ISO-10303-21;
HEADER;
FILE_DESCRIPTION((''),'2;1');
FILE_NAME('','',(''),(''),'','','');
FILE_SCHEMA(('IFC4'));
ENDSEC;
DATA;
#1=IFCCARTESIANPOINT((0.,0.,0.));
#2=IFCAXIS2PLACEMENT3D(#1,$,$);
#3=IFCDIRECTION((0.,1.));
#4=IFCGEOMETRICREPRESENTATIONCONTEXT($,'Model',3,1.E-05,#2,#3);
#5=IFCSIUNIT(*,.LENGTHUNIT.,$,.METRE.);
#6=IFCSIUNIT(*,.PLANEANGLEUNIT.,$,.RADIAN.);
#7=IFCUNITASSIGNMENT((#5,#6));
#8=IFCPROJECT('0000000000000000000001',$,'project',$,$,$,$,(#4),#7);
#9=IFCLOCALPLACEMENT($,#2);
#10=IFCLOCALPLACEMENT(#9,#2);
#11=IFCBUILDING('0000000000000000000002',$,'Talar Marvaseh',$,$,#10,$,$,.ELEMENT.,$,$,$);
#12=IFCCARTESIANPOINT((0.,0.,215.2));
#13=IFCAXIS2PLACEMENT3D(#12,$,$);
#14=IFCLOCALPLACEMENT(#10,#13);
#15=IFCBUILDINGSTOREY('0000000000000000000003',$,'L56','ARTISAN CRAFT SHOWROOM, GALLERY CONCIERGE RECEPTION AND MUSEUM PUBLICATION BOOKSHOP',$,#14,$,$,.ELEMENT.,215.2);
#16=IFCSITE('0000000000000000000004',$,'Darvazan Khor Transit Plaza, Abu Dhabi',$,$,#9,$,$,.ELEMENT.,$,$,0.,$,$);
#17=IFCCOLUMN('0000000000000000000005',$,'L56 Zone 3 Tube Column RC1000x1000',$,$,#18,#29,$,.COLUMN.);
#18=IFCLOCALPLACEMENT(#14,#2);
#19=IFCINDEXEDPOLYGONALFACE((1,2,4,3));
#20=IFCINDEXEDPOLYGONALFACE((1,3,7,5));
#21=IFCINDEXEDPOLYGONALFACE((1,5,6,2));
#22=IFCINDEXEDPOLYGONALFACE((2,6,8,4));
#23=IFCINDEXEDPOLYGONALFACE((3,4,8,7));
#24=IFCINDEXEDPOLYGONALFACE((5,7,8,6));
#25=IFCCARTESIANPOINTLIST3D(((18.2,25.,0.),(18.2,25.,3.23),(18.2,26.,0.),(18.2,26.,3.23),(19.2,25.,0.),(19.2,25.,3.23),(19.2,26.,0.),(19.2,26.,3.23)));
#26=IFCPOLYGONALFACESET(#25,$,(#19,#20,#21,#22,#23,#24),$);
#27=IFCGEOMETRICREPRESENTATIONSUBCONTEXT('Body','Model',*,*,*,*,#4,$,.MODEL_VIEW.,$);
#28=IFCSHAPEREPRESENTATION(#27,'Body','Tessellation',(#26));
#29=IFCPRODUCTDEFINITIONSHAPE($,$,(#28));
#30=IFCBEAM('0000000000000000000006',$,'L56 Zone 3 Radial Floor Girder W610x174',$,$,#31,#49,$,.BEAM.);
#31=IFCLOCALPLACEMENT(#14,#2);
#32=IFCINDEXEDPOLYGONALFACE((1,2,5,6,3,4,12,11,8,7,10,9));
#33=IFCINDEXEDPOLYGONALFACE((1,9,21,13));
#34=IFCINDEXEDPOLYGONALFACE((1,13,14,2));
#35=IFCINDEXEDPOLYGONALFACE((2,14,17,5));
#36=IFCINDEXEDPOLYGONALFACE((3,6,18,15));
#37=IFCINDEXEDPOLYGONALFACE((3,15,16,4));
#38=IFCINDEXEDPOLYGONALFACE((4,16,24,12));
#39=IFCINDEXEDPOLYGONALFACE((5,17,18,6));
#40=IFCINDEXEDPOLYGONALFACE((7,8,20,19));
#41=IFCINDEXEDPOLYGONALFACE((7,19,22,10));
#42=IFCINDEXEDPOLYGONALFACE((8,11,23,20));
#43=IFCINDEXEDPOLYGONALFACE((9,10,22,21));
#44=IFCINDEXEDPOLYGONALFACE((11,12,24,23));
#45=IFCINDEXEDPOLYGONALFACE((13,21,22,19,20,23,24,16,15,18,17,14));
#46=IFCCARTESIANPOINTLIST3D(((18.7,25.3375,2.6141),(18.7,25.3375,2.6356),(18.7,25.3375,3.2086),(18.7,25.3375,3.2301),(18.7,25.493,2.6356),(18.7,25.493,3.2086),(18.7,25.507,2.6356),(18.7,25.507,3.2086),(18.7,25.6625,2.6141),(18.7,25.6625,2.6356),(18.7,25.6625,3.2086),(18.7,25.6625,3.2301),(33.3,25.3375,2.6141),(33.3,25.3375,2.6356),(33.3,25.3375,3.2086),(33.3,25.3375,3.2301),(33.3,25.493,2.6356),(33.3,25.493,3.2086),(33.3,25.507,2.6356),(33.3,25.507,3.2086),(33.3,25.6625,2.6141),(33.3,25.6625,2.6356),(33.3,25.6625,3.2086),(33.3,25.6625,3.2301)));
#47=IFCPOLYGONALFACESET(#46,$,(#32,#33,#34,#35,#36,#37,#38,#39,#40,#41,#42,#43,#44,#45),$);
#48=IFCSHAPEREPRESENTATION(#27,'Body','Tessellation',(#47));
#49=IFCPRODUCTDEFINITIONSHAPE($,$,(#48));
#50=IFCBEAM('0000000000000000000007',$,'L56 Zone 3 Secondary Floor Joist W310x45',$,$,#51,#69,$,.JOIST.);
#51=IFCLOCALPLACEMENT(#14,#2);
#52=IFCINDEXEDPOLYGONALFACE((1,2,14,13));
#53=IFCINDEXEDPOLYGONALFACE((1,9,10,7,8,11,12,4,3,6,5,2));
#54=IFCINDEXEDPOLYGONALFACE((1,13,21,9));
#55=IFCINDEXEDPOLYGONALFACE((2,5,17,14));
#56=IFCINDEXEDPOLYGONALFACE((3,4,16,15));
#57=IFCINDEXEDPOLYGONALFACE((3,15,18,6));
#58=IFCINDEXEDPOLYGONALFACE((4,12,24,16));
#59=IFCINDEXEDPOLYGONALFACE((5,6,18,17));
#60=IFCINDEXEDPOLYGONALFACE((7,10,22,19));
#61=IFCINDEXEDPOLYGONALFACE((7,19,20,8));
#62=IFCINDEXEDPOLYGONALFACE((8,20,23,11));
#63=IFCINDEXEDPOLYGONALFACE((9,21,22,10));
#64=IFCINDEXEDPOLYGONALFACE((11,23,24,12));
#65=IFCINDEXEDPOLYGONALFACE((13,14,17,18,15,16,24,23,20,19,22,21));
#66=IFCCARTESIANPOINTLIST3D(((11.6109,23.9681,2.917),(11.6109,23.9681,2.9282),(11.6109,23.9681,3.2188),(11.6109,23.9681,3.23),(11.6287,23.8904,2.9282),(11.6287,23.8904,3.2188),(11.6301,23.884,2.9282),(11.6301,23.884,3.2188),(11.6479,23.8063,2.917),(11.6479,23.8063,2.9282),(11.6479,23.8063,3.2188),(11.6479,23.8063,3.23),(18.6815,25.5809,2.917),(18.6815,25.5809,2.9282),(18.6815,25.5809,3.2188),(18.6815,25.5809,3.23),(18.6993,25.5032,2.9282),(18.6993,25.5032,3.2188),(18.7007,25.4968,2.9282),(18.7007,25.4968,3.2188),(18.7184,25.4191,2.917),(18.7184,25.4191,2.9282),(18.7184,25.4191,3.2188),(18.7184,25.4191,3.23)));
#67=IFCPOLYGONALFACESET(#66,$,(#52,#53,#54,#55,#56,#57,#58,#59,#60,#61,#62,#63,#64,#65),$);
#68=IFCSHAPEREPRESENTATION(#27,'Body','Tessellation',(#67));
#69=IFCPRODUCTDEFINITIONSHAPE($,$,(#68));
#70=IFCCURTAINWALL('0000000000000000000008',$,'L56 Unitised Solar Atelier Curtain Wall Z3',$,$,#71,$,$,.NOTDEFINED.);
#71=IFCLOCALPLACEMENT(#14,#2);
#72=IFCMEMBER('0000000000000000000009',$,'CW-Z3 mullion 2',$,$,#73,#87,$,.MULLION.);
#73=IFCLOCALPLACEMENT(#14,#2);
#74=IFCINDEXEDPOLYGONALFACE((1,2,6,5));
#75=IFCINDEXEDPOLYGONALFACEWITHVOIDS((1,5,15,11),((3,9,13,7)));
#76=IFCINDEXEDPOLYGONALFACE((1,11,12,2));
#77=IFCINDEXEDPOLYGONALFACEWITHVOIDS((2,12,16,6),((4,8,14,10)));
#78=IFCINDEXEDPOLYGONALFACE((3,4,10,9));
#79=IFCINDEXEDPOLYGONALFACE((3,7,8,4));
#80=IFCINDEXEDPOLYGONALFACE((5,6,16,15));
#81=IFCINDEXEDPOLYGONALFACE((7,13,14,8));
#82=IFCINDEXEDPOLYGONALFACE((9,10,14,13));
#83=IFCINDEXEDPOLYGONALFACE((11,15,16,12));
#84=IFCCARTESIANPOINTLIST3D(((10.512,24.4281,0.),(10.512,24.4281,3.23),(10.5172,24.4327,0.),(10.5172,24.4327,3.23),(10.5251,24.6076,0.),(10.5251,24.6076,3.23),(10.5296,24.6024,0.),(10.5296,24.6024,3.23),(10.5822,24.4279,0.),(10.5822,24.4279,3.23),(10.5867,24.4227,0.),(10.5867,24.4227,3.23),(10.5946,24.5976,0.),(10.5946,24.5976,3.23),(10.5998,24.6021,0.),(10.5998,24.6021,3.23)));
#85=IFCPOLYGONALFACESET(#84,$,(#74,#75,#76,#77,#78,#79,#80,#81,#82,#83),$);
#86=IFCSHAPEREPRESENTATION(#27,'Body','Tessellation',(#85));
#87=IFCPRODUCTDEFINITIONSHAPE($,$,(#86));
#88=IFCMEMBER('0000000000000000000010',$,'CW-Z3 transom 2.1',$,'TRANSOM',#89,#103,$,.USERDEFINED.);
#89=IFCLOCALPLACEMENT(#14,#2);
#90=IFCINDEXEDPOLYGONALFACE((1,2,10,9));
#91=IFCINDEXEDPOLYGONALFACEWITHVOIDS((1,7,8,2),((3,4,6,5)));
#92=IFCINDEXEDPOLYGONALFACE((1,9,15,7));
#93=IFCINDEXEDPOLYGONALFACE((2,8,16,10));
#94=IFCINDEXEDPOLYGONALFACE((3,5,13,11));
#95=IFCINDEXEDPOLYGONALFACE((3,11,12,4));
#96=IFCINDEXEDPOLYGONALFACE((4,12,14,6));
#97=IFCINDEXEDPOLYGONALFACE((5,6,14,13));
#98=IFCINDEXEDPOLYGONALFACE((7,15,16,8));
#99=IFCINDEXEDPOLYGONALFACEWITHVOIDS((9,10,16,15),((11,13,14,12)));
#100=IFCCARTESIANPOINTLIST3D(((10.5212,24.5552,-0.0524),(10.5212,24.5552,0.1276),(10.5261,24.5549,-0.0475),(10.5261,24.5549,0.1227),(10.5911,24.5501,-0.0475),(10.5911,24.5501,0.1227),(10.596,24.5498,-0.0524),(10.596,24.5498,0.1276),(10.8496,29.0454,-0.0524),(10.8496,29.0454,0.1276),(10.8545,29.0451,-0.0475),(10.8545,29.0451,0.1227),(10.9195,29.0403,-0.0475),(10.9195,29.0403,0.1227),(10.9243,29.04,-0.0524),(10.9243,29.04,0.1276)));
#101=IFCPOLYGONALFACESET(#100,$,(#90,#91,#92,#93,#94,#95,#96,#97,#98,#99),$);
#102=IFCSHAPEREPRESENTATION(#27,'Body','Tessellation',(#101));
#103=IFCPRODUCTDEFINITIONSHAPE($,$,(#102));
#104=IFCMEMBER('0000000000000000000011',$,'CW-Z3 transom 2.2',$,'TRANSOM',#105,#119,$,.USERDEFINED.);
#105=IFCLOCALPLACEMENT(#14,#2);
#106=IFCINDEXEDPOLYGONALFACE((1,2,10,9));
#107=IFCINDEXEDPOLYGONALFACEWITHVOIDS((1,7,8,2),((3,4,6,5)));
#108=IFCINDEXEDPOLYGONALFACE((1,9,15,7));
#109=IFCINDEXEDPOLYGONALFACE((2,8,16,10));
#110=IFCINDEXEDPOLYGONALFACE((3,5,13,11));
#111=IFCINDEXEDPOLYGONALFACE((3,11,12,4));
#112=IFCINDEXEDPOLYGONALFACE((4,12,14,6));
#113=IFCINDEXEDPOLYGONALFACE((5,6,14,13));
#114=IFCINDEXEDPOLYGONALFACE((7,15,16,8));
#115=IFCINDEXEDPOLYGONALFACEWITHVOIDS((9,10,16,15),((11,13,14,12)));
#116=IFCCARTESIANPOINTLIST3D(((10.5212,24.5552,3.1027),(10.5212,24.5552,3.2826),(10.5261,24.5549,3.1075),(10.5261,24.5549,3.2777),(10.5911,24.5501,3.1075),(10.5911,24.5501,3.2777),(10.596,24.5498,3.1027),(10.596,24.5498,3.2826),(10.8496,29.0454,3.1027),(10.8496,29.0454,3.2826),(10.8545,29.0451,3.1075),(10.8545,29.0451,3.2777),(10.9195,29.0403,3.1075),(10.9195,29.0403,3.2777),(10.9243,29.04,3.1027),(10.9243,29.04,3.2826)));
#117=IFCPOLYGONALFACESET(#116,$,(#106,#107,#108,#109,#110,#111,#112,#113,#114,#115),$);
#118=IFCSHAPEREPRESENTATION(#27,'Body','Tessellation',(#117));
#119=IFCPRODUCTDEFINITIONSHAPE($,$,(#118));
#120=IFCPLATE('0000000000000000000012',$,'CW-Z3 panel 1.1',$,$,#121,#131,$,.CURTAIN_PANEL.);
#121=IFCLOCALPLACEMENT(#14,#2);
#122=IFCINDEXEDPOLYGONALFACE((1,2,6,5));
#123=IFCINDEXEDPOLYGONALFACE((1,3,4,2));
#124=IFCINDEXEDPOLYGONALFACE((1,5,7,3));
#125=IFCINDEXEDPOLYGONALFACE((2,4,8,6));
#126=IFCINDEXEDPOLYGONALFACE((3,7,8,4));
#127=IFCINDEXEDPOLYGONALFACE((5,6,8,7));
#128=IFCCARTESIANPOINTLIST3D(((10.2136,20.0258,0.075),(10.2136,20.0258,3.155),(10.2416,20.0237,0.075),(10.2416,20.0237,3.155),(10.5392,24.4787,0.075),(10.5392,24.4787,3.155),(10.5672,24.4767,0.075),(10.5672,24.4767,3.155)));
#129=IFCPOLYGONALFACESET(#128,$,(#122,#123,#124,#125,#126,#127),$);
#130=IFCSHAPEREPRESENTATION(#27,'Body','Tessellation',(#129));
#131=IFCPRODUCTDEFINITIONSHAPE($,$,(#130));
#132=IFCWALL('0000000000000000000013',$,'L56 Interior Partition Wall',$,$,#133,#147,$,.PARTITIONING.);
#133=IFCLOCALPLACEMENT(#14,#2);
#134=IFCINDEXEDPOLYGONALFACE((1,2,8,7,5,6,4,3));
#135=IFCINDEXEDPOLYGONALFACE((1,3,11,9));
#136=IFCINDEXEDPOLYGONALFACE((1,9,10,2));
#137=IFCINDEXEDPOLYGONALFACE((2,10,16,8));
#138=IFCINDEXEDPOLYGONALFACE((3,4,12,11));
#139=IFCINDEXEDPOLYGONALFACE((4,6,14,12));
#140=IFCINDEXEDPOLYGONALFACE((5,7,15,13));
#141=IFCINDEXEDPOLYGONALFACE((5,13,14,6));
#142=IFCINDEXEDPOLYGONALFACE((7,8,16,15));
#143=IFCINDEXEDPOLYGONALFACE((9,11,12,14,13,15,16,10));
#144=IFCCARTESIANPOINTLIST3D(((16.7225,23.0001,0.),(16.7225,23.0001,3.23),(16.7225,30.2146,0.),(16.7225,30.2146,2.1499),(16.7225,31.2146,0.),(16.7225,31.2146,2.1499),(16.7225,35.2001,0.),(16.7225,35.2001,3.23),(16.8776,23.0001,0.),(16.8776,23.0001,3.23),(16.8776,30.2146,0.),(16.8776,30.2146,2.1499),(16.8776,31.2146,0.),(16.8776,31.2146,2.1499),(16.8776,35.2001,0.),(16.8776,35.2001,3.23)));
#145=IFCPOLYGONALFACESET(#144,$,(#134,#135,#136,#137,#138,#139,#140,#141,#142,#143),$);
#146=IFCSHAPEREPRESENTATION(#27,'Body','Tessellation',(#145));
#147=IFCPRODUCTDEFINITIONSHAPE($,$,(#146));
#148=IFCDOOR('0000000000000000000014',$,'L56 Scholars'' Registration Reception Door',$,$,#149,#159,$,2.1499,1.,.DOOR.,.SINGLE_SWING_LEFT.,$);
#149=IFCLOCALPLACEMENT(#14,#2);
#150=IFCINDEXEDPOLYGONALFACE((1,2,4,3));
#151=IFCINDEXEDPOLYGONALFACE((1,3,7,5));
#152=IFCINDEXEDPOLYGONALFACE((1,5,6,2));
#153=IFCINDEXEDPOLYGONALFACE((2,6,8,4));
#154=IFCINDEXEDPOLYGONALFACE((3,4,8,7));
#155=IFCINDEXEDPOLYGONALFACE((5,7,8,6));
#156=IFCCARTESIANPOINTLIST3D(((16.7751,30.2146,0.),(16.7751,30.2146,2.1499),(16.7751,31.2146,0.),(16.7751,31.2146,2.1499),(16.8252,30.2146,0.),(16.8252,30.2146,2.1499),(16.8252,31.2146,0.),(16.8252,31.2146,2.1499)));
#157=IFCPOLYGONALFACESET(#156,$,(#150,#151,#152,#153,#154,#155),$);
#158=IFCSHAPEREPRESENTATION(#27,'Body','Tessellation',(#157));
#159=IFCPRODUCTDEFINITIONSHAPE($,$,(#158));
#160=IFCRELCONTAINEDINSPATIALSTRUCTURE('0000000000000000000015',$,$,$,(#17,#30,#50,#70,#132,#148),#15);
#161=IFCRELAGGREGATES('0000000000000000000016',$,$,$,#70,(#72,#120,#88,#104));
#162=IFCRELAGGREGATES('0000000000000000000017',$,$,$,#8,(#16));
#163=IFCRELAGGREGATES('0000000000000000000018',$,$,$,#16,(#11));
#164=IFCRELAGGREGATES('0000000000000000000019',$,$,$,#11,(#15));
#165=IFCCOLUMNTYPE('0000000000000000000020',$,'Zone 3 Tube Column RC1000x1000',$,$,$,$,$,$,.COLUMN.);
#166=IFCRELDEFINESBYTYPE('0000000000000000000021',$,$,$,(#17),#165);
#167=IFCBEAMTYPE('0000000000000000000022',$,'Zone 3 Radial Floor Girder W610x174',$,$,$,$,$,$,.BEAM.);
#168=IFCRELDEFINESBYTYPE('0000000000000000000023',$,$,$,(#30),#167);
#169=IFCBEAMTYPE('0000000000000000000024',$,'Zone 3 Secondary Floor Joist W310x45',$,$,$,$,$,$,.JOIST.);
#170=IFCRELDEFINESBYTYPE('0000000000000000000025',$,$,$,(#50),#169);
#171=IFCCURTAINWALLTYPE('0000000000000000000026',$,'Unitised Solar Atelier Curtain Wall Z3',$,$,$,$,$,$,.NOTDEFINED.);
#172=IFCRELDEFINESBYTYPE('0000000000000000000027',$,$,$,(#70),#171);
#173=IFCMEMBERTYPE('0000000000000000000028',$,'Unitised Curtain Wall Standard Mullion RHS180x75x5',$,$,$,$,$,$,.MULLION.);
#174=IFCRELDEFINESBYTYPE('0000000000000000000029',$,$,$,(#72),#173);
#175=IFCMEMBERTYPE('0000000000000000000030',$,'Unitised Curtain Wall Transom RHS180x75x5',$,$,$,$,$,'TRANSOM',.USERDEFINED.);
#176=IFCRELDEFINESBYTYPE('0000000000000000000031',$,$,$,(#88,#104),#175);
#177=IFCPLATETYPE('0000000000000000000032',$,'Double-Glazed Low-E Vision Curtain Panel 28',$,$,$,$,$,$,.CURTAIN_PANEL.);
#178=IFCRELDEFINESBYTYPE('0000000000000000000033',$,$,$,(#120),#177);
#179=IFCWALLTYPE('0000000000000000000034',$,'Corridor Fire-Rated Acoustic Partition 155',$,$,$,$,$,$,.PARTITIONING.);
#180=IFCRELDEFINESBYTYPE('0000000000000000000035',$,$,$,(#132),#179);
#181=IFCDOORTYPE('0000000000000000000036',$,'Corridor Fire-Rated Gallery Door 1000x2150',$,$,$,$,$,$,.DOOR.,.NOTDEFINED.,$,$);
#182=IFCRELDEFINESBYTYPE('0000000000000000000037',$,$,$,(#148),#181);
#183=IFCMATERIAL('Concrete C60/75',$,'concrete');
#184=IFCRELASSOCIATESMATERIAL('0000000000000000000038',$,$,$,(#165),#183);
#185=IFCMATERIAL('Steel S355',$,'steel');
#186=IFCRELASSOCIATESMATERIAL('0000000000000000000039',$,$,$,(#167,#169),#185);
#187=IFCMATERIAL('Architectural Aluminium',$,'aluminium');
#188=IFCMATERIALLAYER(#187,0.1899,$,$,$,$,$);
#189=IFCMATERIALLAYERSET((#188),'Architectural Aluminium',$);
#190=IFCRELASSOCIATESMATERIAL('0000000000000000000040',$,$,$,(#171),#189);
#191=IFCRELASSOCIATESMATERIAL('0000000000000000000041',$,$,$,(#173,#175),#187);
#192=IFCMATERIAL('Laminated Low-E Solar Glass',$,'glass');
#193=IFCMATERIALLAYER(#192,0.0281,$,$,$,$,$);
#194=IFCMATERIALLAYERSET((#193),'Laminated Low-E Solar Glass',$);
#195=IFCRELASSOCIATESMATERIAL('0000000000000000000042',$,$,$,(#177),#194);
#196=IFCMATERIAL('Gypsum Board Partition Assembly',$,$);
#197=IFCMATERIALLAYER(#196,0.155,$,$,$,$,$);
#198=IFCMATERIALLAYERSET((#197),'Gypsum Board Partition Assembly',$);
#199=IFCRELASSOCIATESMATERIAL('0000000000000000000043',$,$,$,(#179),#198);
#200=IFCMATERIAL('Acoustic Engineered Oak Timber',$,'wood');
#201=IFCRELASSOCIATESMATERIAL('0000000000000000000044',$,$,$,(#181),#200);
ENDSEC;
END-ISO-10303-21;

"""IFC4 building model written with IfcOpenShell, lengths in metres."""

from ifc_helpers import new_model, si_unit, direction, frame, frame_2d, origin, origin_2d, place, context, subcontext, project, spatial, rectangle, hollow_rectangle, i_section, extrude, source, transform, mapped, material, layer, layer_set, material_profile, profile_set, type_object, type_shapes, element, fill, aggregate, save


model = new_model("IFC4")

# Units and contexts
model_context = context("Model", 3, precision=1e-05, world=origin(), true_north=direction((0.0, 1.0)))
body_context = subcontext(model_context, "Body", "Model", "MODEL_VIEW")
ifc_project = project(units=[si_unit("LENGTHUNIT", "METRE"), si_unit("PLANEANGLEUNIT", "RADIAN")], contexts=[model_context])

# Site, building, storey
site_placement = place(None, origin())
site = spatial("IfcSite", under=ifc_project, at=site_placement, Name="Darvazan Khor Transit Plaza, Abu Dhabi", CompositionType="ELEMENT", RefElevation=0.0)
building_placement = place(site_placement, origin())
building = spatial("IfcBuilding", under=site, at=building_placement, Name="Talar Marvaseh", CompositionType="ELEMENT")
storey_placement = place(building_placement, frame((0.0, 0.0, 215.2)))
storey = spatial("IfcBuildingStorey", under=building, at=storey_placement, Name="L56", Description="ARTISAN CRAFT SHOWROOM, GALLERY CONCIERGE RECEPTION AND MUSEUM PUBLICATION BOOKSHOP", CompositionType="ELEMENT", Elevation=215.2)

# Column
ifc_material_1 = material(Name="Concrete C60/75", Category="concrete")
ifc_material_profile_1 = material_profile(ifc_material_1, rectangle(XDim=1.0, YDim=1.0, at=origin_2d()), Name="RC1000x1000")
ifc_profile_set_1 = profile_set([ifc_material_profile_1], Name="Concrete C60/75")
column_type = type_object("IfcColumnType", Name="Zone 3 Tube Column RC1000x1000", PredefinedType="COLUMN", material=ifc_profile_set_1)
column_placement = place(storey_placement, frame((18.7, 25.5, 0.0), z_axis=(0.0, 0.0, 1.0), x_axis=(1.0, 0.0, 0.0)))
element("IfcColumn", 1, at=column_placement, inside=storey, type_object=column_type, Name="L56 Zone 3 Tube Column RC1000x1000", PredefinedType="COLUMN", context=body_context, shape_type="SweptSolid", body=[
    extrude(rectangle(XDim=1.0, YDim=1.0, at=origin_2d()), origin(), (0.0, 0.0, 1.0), 3.23),
])

# Beams
ifc_material_2 = material(Name="Steel S355", Category="steel")
ifc_material_profile_2 = material_profile(ifc_material_2, i_section(OverallWidth=0.325, OverallDepth=0.616, WebThickness=0.0139, FlangeThickness=0.0215, at=origin_2d()), Name="W610x174")
ifc_profile_set_2 = profile_set([ifc_material_profile_2], Name="Steel S355")
beam_type_1 = type_object("IfcBeamType", Name="Zone 3 Radial Floor Girder W610x174", PredefinedType="BEAM", material=ifc_profile_set_2)
beam_1_placement = place(storey_placement, frame((18.7, 25.5, 2.9221), z_axis=(1.0, 0.0, 0.0), x_axis=(0.0, 1.0, 0.0)))
element("IfcBeam", 2, at=beam_1_placement, inside=storey, type_object=beam_type_1, Name="L56 Zone 3 Radial Floor Girder W610x174", PredefinedType="BEAM", context=body_context, shape_type="SweptSolid", body=[
    extrude(i_section(OverallWidth=0.325, OverallDepth=0.616, WebThickness=0.0139, FlangeThickness=0.0215, at=origin_2d()), origin(), (0.0, 0.0, 1.0), 14.6001),
])
ifc_material_profile_3 = material_profile(ifc_material_2, i_section(OverallWidth=0.166, OverallDepth=0.313, WebThickness=0.0066, FlangeThickness=0.0112, at=origin_2d()), Name="W310x45")
ifc_profile_set_3 = profile_set([ifc_material_profile_3], Name="Steel S355")
beam_type_2 = type_object("IfcBeamType", Name="Zone 3 Secondary Floor Joist W310x45", PredefinedType="JOIST", material=ifc_profile_set_3)
beam_2_placement = place(storey_placement, frame((11.6294, 23.8872, 3.0735), z_axis=(0.974958, 0.222388, 0.0), x_axis=(-0.222388, 0.974958, 0.0)))
element("IfcBeam", 3, at=beam_2_placement, inside=storey, type_object=beam_type_2, Name="L56 Zone 3 Secondary Floor Joist W310x45", PredefinedType="JOIST", context=body_context, shape_type="SweptSolid", body=[
    extrude(i_section(OverallWidth=0.166, OverallDepth=0.313, WebThickness=0.0066, FlangeThickness=0.0112, at=origin_2d()), origin(), (0.0, 0.0, 1.0), 7.2522),
])

# Curtain wall, members, plate
ifc_material_3 = material(Name="Architectural Aluminium", Category="aluminium")
ifc_layer_1 = layer(ifc_material_3, 0.1899)
ifc_layer_set_1 = layer_set([ifc_layer_1], Name="Architectural Aluminium")
curtain_wall_type = type_object("IfcCurtainWallType", Name="Unitised Solar Atelier Curtain Wall Z3", PredefinedType="NOTDEFINED", material=ifc_layer_set_1)
curtain_wall_placement = place(storey_placement, origin())
curtain_wall = element("IfcCurtainWall", 4, at=curtain_wall_placement, inside=storey, type_object=curtain_wall_type, Name="L56 Unitised Solar Atelier Curtain Wall Z3", PredefinedType="NOTDEFINED")
ifc_material_profile_4 = material_profile(ifc_material_3, hollow_rectangle(XDim=0.075, YDim=0.1799, WallThickness=0.0049, at=origin_2d()), Name="RHS180x75x5")
ifc_profile_set_4 = profile_set([ifc_material_profile_4], Name="Architectural Aluminium")
member_type_1 = type_object("IfcMemberType", Name="Unitised Curtain Wall Standard Mullion RHS180x75x5", PredefinedType="MULLION", material=ifc_profile_set_4)
shared_shape_1 = source(origin(), body_context, "Body", "SweptSolid", [
    extrude(hollow_rectangle(XDim=0.075, YDim=0.1799, WallThickness=0.0049, at=origin_2d()), origin(), (0.0, 0.0, 1.0), 3.23),
])
type_shapes(member_type_1, [shared_shape_1])
member_1_placement = place(storey_placement, frame((10.5559, 24.5151, 0.0), z_axis=(0.0, 0.0, 1.0), x_axis=(-0.997337, 0.072926, 0.0)))
member_1 = element("IfcMember", 5, at=member_1_placement, type_object=member_type_1, Name="CW-Z3 mullion 2", PredefinedType="MULLION", context=body_context, shape_type="MappedRepresentation", body=[
    mapped(shared_shape_1, transform((0.0, 0.0, 0.0), x_axis=(1.0, 0.0, 0.0), y_axis=(0.0, 1.0, 0.0), z_axis=(0.0, 0.0, 1.0), scale=1.0)),
])
ifc_material_profile_5 = material_profile(ifc_material_3, hollow_rectangle(XDim=0.075, YDim=0.1799, WallThickness=0.0049, at=origin_2d()), Name="RHS180x75x5")
ifc_profile_set_5 = profile_set([ifc_material_profile_5], Name="Architectural Aluminium")
member_type_2 = type_object("IfcMemberType", Name="Unitised Curtain Wall Transom RHS180x75x5", ElementType="TRANSOM", PredefinedType="USERDEFINED", material=ifc_profile_set_5)
shared_shape_2 = source(origin(), body_context, "Body", "SweptSolid", [
    extrude(hollow_rectangle(XDim=0.075, YDim=0.1799, WallThickness=0.0049, at=origin_2d()), origin(), (0.0, 0.0, 1.0), 4.5022),
])
type_shapes(member_type_2, [shared_shape_2])
member_2_placement = place(storey_placement, frame((10.5586, 24.5525, 0.0376), z_axis=(0.072935, 0.997337, 0.0), x_axis=(-0.997337, 0.072935, 0.0)))
member_2 = element("IfcMember", 6, at=member_2_placement, type_object=member_type_2, Name="CW-Z3 transom 2.1", ObjectType="TRANSOM", PredefinedType="USERDEFINED", context=body_context, shape_type="MappedRepresentation", body=[
    mapped(shared_shape_2, transform((0.0, 0.0, 0.0), x_axis=(1.0, 0.0, 0.0), y_axis=(0.0, 1.0, 0.0), z_axis=(0.0, 0.0, 1.0), scale=1.0)),
])
member_3_placement = place(storey_placement, frame((10.5586, 24.5525, 3.1926), z_axis=(0.072935, 0.997337, 0.0), x_axis=(-0.997337, 0.072935, 0.0)))
member_3 = element("IfcMember", 7, at=member_3_placement, type_object=member_type_2, Name="CW-Z3 transom 2.2", ObjectType="TRANSOM", PredefinedType="USERDEFINED", context=body_context, shape_type="MappedRepresentation", body=[
    mapped(shared_shape_2, transform((0.0, 0.0, 0.0), x_axis=(1.0, 0.0, 0.0), y_axis=(0.0, 1.0, 0.0), z_axis=(0.0, 0.0, 1.0), scale=1.0)),
])
ifc_material_4 = material(Name="Laminated Low-E Solar Glass", Category="glass")
ifc_layer_2 = layer(ifc_material_4, 0.0281)
ifc_layer_set_2 = layer_set([ifc_layer_2], Name="Laminated Low-E Solar Glass")
plate_type = type_object("IfcPlateType", Name="Double-Glazed Low-E Vision Curtain Panel 28", PredefinedType="CURTAIN_PANEL", material=ifc_layer_set_2)
shared_shape_3 = source(origin(), body_context, "Body", "SweptSolid", [
    extrude(rectangle(XDim=4.4648, YDim=0.0281, at=origin_2d()), origin(), (0.0, 0.0, 1.0), 3.0801),
])
type_shapes(plate_type, [shared_shape_3])
plate_placement = place(storey_placement, frame((10.3904, 22.2512, 0.075), z_axis=(0.0, 0.0, 1.0), x_axis=(0.072926, 0.997337, 0.0)))
plate = element("IfcPlate", 8, at=plate_placement, type_object=plate_type, Name="CW-Z3 panel 1.1", PredefinedType="CURTAIN_PANEL", context=body_context, shape_type="MappedRepresentation", body=[
    mapped(shared_shape_3, transform((0.0, 0.0, 0.0), x_axis=(1.0, 0.0, 0.0), y_axis=(0.0, 1.0, 0.0), z_axis=(0.0, 0.0, 1.0), scale=1.0)),
])
aggregate(curtain_wall, [member_1, plate, member_2, member_3])

# Wall, opening, door
ifc_material_5 = material(Name="Gypsum Board Partition Assembly")
ifc_layer_3 = layer(ifc_material_5, 0.155)
ifc_layer_set_3 = layer_set([ifc_layer_3], Name="Gypsum Board Partition Assembly")
wall_type_1 = type_object("IfcWallType", Name="Corridor Fire-Rated Acoustic Partition 155", PredefinedType="PARTITIONING", material=ifc_layer_set_3)
wall_1_placement = place(storey_placement, frame((16.8, 23.0, 0.0), z_axis=(0.0, 0.0, 1.0), x_axis=(0.0, 1.0, 0.0)))
wall_1 = element("IfcWall", 9, at=wall_1_placement, inside=storey, type_object=wall_type_1, Name="L56 Interior Partition Wall", PredefinedType="PARTITIONING", context=body_context, shape_type="SweptSolid", body=[
    extrude(rectangle(XDim=12.2, YDim=0.155, at=frame_2d((6.1001, 0.0))), origin(), (0.0, 0.0, 1.0), 3.23),
])
opening_1_placement = place(wall_1_placement, frame((7.2146, 0.0, 0.0)))
opening_1 = element("IfcOpeningElement", 10, at=opening_1_placement, cuts=wall_1, PredefinedType="OPENING", context=body_context, shape_type="SweptSolid", body=[
    extrude(rectangle(XDim=1.0, YDim=2.1499, at=frame_2d((0.5, 1.075))), frame((0.0, 0.0874, 0.0), z_axis=(0.0, -1.0, 0.0), x_axis=(1.0, 0.0, 0.0)), (0.0, 0.0, 1.0), 0.175),
])
ifc_material_6 = material(Name="Acoustic Engineered Oak Timber", Category="wood")
door_type_1 = type_object("IfcDoorType", Name="Corridor Fire-Rated Gallery Door 1000x2150", OperationType="NOTDEFINED", PredefinedType="DOOR", material=ifc_material_6)
shared_shape_4 = source(origin(), body_context, "Body", "SweptSolid", [
    extrude(rectangle(XDim=1.0, YDim=2.1499, at=frame_2d((0.5, 1.075))), frame((0.0, 0.0249, 0.0), z_axis=(0.0, -1.0, 0.0), x_axis=(1.0, 0.0, 0.0)), (0.0, 0.0, 1.0), 0.05),
])
type_shapes(door_type_1, [shared_shape_4])
door_1_placement = place(opening_1_placement, origin())
door_1 = element("IfcDoor", 11, at=door_1_placement, inside=storey, type_object=door_type_1, Name="L56 Scholars' Registration Reception Door", OperationType="SINGLE_SWING_LEFT", OverallHeight=2.1499, OverallWidth=1.0, PredefinedType="DOOR", context=body_context, shape_type="MappedRepresentation", body=[
    mapped(shared_shape_4, transform((0.0, 0.0, 0.0), x_axis=(1.0, 0.0, 0.0), y_axis=(0.0, 1.0, 0.0), z_axis=(0.0, 0.0, 1.0), scale=1.0)),
])
fill(opening_1, door_1)

save(model, "model.ifc")
